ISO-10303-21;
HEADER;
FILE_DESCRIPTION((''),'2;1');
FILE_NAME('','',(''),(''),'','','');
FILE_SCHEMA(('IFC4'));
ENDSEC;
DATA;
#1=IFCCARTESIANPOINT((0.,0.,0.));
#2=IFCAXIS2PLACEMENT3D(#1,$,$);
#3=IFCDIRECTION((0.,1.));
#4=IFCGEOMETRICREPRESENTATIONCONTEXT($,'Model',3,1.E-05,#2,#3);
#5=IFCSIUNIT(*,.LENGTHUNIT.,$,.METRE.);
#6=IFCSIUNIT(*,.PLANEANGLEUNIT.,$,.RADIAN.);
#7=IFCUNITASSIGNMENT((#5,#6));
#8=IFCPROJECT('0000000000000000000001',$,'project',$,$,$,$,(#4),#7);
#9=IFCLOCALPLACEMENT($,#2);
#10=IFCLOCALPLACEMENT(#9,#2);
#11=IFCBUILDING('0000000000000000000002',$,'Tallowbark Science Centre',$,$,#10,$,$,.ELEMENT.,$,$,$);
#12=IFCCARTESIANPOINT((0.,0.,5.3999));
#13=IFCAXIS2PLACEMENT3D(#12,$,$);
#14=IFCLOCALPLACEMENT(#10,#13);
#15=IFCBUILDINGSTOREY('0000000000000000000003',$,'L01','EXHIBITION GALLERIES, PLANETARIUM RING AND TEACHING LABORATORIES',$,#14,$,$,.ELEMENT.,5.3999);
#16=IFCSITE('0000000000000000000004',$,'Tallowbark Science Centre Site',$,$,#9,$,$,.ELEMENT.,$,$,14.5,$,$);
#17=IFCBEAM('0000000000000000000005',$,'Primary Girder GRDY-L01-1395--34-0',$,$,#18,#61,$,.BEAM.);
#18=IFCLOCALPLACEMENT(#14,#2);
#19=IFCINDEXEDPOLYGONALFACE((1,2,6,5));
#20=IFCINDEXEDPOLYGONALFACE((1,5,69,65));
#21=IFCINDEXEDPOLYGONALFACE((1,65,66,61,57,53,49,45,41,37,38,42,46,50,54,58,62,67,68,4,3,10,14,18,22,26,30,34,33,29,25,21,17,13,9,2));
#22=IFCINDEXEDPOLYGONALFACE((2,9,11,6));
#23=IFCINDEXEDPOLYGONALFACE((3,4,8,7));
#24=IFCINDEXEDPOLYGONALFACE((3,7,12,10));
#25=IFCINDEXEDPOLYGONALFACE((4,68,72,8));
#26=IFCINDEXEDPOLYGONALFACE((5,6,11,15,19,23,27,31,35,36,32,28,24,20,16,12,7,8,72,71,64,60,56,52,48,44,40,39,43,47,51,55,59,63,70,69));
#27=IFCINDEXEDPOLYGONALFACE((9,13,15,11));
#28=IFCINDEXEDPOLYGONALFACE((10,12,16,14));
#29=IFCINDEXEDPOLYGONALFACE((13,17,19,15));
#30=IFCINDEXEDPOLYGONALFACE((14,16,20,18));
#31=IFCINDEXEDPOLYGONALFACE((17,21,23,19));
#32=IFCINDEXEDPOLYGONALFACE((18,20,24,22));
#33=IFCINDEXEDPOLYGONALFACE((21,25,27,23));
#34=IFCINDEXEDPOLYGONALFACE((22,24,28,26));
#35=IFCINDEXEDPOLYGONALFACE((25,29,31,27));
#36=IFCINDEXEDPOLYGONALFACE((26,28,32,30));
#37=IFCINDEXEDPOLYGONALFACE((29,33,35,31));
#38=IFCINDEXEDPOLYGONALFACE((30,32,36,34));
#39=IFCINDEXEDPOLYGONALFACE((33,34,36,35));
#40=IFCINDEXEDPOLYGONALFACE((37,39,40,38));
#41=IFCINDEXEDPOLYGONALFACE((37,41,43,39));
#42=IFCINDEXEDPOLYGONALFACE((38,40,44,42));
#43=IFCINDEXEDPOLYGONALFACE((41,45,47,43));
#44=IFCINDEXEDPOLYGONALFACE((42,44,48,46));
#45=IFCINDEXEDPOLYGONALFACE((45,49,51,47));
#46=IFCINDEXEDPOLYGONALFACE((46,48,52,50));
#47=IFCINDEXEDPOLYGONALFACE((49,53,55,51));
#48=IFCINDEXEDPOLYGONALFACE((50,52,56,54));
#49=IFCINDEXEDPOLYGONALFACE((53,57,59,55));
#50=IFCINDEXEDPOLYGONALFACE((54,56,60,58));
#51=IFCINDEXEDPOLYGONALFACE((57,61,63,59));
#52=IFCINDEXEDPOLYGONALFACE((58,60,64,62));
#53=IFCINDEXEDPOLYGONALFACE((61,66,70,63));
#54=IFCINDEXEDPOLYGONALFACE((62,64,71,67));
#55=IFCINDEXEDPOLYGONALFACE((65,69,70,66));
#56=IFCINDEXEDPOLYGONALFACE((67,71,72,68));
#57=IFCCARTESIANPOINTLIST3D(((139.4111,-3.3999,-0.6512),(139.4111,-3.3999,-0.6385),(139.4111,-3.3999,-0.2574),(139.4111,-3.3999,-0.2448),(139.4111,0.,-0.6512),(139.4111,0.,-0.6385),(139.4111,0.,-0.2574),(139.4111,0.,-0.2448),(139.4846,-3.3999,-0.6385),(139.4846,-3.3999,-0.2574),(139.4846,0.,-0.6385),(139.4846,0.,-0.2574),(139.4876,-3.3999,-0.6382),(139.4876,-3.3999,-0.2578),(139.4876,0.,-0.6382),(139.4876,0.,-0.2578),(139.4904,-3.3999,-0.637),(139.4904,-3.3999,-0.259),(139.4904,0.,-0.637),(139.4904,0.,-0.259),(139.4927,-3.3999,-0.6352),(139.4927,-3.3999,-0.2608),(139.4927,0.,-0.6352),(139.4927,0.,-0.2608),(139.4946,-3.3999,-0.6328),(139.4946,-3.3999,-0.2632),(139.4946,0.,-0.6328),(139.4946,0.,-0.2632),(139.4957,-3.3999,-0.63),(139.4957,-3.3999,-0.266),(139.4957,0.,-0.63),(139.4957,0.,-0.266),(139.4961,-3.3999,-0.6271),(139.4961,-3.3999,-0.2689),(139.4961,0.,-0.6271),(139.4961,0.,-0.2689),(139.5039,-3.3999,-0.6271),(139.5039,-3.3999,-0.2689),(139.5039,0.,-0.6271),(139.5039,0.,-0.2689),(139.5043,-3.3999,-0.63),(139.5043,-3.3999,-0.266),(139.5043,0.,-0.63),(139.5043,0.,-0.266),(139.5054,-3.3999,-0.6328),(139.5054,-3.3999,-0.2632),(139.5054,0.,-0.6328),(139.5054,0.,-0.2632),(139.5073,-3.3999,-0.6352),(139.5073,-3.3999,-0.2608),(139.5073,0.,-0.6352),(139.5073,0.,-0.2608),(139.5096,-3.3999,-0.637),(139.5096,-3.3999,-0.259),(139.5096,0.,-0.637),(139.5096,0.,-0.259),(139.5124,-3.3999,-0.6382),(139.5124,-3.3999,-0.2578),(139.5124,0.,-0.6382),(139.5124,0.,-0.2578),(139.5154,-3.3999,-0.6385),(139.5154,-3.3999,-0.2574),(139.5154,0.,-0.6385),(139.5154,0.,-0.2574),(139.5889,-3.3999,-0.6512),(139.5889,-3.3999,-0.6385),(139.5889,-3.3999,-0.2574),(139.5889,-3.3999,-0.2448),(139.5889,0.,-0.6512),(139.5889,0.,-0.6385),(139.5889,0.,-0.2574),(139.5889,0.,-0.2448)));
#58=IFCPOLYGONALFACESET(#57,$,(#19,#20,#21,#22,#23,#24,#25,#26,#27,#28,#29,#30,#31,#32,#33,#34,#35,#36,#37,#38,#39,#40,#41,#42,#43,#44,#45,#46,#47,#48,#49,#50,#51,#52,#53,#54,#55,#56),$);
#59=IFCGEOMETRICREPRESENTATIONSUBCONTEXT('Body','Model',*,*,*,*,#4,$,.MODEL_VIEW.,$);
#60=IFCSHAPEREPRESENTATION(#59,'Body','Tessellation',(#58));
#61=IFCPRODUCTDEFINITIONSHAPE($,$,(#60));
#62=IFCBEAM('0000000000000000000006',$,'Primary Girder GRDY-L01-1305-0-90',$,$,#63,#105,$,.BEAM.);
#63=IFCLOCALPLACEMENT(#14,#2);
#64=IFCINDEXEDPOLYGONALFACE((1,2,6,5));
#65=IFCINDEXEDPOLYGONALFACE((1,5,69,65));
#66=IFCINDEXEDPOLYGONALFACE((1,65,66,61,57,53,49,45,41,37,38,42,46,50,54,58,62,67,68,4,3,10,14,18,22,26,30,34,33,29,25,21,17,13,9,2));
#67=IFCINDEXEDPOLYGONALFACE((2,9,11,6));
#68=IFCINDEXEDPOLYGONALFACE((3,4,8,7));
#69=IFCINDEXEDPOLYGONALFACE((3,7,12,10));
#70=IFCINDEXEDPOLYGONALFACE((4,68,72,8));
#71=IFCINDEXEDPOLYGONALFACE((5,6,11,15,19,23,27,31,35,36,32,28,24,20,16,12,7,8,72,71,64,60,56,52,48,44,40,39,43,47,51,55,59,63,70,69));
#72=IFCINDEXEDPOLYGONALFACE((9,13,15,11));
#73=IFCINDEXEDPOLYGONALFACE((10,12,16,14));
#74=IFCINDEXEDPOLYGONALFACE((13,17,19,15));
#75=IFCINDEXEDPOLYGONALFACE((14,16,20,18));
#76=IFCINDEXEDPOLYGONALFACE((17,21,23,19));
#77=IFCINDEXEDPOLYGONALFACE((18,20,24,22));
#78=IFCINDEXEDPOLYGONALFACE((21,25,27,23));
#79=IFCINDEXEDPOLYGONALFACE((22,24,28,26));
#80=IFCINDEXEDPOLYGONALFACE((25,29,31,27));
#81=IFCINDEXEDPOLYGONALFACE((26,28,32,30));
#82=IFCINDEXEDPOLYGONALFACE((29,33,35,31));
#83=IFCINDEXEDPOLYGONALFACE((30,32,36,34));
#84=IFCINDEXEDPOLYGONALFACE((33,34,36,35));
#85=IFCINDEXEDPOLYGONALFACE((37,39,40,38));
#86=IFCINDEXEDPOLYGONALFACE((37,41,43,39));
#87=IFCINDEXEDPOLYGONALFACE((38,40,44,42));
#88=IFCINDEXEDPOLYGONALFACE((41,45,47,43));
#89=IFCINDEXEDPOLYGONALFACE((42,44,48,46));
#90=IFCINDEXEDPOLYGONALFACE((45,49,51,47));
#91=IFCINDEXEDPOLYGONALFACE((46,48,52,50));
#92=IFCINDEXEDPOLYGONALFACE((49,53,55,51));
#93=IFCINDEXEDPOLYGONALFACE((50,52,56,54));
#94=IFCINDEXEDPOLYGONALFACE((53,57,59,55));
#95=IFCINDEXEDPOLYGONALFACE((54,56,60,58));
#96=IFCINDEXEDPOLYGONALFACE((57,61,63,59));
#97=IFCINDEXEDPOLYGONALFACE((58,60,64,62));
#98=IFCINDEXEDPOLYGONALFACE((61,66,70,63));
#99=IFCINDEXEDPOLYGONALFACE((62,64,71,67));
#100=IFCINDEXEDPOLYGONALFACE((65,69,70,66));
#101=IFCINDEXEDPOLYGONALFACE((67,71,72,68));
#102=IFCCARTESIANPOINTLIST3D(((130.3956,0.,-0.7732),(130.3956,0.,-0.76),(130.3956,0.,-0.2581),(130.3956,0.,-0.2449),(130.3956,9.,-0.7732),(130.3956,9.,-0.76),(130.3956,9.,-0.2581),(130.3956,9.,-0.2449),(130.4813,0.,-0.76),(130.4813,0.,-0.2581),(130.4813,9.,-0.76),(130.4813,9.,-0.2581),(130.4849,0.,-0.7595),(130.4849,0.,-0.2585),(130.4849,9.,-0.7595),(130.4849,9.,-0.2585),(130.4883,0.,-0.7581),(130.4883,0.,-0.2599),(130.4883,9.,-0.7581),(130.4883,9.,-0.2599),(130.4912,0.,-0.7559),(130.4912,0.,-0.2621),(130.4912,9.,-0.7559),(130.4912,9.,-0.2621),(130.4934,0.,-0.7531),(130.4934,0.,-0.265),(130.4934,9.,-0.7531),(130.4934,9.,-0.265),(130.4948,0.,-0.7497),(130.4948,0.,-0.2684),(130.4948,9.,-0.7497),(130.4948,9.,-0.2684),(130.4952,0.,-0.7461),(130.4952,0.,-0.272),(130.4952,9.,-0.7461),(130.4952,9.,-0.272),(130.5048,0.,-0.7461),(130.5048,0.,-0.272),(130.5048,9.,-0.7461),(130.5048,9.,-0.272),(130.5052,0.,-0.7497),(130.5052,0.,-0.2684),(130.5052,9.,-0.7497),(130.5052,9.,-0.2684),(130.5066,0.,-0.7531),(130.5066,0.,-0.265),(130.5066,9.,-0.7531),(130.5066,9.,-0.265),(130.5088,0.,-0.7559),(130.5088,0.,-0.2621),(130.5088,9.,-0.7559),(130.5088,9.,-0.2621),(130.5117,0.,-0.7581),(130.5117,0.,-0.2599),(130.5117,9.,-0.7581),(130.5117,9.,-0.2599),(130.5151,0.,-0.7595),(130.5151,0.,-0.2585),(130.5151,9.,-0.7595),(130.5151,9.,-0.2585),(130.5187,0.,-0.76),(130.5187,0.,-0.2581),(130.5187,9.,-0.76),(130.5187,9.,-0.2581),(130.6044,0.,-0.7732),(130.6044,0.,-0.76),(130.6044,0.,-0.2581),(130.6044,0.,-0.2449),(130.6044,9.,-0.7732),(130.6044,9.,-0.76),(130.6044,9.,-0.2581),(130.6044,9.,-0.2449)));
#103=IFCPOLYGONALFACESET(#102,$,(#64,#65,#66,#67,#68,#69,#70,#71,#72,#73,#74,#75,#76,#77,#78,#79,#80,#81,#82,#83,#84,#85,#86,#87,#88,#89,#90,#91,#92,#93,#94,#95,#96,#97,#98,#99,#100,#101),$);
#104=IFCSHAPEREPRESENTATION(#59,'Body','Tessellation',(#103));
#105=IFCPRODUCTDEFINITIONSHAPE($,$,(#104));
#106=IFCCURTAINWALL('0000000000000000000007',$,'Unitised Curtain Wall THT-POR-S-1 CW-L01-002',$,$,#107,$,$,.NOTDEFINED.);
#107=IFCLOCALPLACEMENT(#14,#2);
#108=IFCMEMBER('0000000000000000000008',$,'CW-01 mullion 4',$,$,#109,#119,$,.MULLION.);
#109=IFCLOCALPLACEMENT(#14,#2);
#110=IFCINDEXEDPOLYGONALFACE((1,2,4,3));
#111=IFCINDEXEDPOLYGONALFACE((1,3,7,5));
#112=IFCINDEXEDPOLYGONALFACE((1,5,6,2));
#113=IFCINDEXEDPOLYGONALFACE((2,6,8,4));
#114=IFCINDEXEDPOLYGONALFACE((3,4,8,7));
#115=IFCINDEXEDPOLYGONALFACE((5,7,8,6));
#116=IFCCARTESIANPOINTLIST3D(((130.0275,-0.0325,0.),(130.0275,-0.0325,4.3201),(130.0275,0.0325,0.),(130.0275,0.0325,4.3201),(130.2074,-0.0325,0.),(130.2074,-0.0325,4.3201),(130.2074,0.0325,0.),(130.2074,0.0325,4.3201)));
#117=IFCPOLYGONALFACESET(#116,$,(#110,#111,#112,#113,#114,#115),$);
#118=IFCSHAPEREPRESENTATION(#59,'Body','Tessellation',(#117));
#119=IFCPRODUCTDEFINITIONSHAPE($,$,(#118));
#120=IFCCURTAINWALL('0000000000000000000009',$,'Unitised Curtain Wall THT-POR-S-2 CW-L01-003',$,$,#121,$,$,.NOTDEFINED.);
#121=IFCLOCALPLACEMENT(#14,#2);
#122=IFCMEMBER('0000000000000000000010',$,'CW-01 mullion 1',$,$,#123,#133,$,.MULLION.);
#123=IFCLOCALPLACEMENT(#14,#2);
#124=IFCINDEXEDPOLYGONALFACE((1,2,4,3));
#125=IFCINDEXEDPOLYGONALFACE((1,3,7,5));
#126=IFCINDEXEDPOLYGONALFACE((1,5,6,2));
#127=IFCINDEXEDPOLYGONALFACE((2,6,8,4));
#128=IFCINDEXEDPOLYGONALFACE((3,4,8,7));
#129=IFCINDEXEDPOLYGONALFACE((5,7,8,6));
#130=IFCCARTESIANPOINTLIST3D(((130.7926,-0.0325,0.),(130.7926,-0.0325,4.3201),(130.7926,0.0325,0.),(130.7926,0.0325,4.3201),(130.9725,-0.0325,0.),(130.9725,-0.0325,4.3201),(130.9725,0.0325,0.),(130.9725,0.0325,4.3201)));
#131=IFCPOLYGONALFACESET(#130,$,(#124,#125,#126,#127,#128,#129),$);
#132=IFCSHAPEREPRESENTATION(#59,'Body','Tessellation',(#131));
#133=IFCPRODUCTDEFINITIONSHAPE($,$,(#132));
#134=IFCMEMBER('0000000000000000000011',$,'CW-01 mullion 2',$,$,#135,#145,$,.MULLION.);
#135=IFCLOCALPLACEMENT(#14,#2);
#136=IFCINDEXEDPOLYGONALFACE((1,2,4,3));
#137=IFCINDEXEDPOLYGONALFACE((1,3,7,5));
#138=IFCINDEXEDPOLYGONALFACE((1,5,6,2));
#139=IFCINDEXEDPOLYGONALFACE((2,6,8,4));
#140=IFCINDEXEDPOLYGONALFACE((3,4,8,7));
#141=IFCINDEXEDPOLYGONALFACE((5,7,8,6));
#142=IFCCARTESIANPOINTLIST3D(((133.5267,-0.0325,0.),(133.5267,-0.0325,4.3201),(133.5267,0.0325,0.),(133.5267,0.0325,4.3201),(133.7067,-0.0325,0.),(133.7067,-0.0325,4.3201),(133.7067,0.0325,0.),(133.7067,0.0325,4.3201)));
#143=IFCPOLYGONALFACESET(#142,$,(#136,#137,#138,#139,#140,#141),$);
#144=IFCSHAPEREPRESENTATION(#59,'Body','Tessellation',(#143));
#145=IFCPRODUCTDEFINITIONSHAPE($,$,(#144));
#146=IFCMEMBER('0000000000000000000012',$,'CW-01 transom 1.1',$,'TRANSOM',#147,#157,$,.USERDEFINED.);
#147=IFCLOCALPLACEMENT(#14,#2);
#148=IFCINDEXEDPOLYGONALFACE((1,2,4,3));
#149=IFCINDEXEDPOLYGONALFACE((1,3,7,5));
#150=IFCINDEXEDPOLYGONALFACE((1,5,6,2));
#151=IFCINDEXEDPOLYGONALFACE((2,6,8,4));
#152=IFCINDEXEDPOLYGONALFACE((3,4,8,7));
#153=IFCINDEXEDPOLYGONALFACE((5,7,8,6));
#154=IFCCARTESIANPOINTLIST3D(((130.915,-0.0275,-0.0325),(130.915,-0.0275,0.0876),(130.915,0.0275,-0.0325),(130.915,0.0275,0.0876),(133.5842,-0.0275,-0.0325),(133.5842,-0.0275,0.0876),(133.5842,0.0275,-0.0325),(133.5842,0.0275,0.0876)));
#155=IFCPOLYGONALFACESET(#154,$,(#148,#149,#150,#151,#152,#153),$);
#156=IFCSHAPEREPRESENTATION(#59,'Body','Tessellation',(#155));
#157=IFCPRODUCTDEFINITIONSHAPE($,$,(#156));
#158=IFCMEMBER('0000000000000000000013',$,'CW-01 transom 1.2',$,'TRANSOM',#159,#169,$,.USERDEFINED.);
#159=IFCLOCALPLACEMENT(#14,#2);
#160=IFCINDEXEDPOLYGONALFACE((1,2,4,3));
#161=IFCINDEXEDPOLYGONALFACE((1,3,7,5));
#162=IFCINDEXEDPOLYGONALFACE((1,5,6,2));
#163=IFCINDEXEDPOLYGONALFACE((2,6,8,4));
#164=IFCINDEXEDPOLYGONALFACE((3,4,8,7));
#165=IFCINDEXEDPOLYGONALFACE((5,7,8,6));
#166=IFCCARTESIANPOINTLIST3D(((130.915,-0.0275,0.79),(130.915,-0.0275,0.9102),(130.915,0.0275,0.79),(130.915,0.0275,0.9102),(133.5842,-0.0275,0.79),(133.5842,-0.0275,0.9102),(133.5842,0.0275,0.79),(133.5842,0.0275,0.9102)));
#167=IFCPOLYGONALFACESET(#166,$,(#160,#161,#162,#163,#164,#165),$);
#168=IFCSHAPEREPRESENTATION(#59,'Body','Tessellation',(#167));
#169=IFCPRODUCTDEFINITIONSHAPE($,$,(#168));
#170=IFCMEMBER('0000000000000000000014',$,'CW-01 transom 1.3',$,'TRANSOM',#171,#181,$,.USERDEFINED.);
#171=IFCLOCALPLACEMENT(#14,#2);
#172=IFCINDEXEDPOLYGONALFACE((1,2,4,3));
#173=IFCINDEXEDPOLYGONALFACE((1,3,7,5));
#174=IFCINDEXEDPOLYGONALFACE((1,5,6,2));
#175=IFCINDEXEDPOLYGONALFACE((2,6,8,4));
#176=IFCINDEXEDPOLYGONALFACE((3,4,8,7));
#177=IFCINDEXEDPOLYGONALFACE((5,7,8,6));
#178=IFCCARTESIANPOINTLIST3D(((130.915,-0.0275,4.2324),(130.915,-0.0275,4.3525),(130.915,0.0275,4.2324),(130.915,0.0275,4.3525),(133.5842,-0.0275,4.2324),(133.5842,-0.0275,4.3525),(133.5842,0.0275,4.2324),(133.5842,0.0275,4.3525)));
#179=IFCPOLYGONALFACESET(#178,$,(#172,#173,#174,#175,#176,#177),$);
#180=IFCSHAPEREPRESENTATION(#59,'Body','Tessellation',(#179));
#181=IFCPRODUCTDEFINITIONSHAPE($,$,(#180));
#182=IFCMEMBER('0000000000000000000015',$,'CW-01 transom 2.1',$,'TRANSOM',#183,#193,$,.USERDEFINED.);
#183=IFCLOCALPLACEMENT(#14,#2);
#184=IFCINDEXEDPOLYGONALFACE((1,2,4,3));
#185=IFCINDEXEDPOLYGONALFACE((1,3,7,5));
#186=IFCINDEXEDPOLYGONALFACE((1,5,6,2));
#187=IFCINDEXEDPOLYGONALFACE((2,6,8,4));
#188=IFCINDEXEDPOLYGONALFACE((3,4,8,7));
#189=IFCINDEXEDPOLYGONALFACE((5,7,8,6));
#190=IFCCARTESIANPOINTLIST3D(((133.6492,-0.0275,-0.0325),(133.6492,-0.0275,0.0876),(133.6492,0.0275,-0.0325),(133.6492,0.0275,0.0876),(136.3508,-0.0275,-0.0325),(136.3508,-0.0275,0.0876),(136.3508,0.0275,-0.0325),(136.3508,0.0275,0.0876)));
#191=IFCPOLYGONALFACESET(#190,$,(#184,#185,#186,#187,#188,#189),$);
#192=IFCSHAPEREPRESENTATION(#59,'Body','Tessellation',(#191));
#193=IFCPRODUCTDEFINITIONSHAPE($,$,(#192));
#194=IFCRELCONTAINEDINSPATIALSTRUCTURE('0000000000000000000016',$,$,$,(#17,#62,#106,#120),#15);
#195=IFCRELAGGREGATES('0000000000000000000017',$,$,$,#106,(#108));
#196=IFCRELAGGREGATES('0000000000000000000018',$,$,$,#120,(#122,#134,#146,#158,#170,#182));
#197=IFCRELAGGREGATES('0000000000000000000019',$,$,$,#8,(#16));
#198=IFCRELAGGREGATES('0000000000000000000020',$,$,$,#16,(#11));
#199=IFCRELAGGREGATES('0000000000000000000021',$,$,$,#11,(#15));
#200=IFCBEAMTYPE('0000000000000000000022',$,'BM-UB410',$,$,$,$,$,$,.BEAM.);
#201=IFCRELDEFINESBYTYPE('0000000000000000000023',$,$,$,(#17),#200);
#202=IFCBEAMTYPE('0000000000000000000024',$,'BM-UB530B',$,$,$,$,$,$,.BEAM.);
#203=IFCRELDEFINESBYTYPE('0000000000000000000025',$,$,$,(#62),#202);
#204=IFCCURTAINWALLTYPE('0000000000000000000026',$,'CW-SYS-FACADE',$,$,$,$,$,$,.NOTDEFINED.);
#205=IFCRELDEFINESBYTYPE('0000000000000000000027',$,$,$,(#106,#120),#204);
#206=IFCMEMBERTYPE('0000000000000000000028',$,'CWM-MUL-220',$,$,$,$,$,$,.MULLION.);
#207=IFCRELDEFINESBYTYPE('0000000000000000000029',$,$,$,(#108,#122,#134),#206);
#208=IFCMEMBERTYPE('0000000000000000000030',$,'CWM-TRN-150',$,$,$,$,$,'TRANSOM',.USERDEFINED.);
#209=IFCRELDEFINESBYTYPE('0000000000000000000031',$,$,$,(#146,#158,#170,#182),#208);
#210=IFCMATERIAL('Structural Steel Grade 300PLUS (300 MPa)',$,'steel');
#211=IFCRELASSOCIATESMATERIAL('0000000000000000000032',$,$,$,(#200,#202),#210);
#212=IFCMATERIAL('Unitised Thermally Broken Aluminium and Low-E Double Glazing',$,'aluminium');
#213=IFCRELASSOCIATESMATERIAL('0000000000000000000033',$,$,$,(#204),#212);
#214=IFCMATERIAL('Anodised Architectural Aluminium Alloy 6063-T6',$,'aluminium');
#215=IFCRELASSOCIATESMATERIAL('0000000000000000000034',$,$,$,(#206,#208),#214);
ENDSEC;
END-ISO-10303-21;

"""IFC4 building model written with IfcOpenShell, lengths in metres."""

from ifc_helpers import new_model, si_unit, direction, frame, origin, origin_2d, place, context, subcontext, project, spatial, rectangle, i_section, extrude, material, material_profile, profile_set, type_object, element, aggregate, save


model = new_model("IFC4")

# Units and contexts
model_context = context("Model", 3, precision=1e-05, world=origin(), true_north=direction((0.0, 1.0)))
body_context = subcontext(model_context, "Body", "Model", "MODEL_VIEW")
ifc_project = project(units=[si_unit("LENGTHUNIT", "METRE"), si_unit("PLANEANGLEUNIT", "RADIAN")], contexts=[model_context])

# Site, building, storey
site_placement = place(None, origin())
site = spatial("IfcSite", under=ifc_project, at=site_placement, Name="Tallowbark Science Centre Site", CompositionType="ELEMENT", RefElevation=14.5)
building_placement = place(site_placement, origin())
building = spatial("IfcBuilding", under=site, at=building_placement, Name="Tallowbark Science Centre", CompositionType="ELEMENT")
storey_placement = place(building_placement, frame((0.0, 0.0, 5.3999)))
storey = spatial("IfcBuildingStorey", under=building, at=storey_placement, Name="L01", Description="EXHIBITION GALLERIES, PLANETARIUM RING AND TEACHING LABORATORIES", CompositionType="ELEMENT", Elevation=5.3999)

# Shared definitions
ifc_material_1 = material(Name="Structural Steel Grade 300PLUS (300 MPa)", Category="steel")

# Beams
ifc_material_profile_1 = material_profile(ifc_material_1, i_section(OverallWidth=0.1777, OverallDepth=0.4065, WebThickness=0.0078, FlangeThickness=0.0127, FilletRadius=0.0115, at=origin_2d()), Name="410UB59.7")
ifc_profile_set_1 = profile_set([ifc_material_profile_1], Name="Structural Steel Grade 300PLUS (300 MPa)")
beam_type_1 = type_object("IfcBeamType", Name="BM-UB410", PredefinedType="BEAM", material=ifc_profile_set_1)
for number, where, z_axis, x_axis, name in (
    (1, (139.5, -3.3999, -0.448), (0.0, 1.0, 0.0), (-1.0, 0.0, 0.0), "Primary Girder GRDY-L01-1395--34-0"),
):
    element("IfcBeam", number, at=place(storey_placement, frame(where, z_axis=z_axis, x_axis=x_axis)), inside=storey, type_object=beam_type_1, Name=name, PredefinedType="BEAM", context=body_context, shape_type="SweptSolid", body=[
        extrude(i_section(OverallWidth=0.1777, OverallDepth=0.4065, WebThickness=0.0078, FlangeThickness=0.0127, FilletRadius=0.0115, at=origin_2d()), origin(), (0.0, 0.0, 1.0), 3.3999),
    ])
ifc_material_profile_2 = material_profile(ifc_material_1, i_section(OverallWidth=0.2087, OverallDepth=0.5283, WebThickness=0.0095, FlangeThickness=0.0132, FilletRadius=0.0139, at=origin_2d()), Name="530UB82.0")
ifc_profile_set_2 = profile_set([ifc_material_profile_2], Name="Structural Steel Grade 300PLUS (300 MPa)")
beam_type_2 = type_object("IfcBeamType", Name="BM-UB530B", PredefinedType="BEAM", material=ifc_profile_set_2)
beam_1_placement = place(storey_placement, frame((130.5, 0.0, -0.509), z_axis=(0.0, 1.0, 0.0), x_axis=(-1.0, 0.0, 0.0)))
element("IfcBeam", 2, at=beam_1_placement, inside=storey, type_object=beam_type_2, Name="Primary Girder GRDY-L01-1305-0-90", PredefinedType="BEAM", context=body_context, shape_type="SweptSolid", body=[
    extrude(i_section(OverallWidth=0.2087, OverallDepth=0.5283, WebThickness=0.0095, FlangeThickness=0.0132, FilletRadius=0.0139, at=origin_2d()), origin(), (0.0, 0.0, 1.0), 9.0),
])

# Curtain wall, member
ifc_material_2 = material(Name="Unitised Thermally Broken Aluminium and Low-E Double Glazing", Category="aluminium")
curtain_wall_type = type_object("IfcCurtainWallType", Name="CW-SYS-FACADE", PredefinedType="NOTDEFINED", material=ifc_material_2)
curtain_wall_1_placement = place(storey_placement, origin())
curtain_wall_1 = element("IfcCurtainWall", 3, at=curtain_wall_1_placement, inside=storey, type_object=curtain_wall_type, Name="Unitised Curtain Wall THT-POR-S-1 CW-L01-002", PredefinedType="NOTDEFINED")
ifc_material_3 = material(Name="Anodised Architectural Aluminium Alloy 6063-T6", Category="aluminium")
ifc_material_profile_3 = material_profile(ifc_material_3, rectangle(XDim=0.0649, YDim=0.1799, at=origin_2d()), Name="ALU65x180")
ifc_profile_set_3 = profile_set([ifc_material_profile_3], Name="Anodised Architectural Aluminium Alloy 6063-T6")
member_type_1 = type_object("IfcMemberType", Name="CWM-MUL-220", PredefinedType="MULLION", material=ifc_profile_set_3)
member_1_placement = place(storey_placement, frame((130.1174, 0.0, 0.0), z_axis=(0.0, 0.0, 1.0), x_axis=(0.0, 1.0, 0.0)))
member_1 = element("IfcMember", 4, at=member_1_placement, type_object=member_type_1, Name="CW-01 mullion 4", PredefinedType="MULLION", context=body_context, shape_type="SweptSolid", body=[
    extrude(rectangle(XDim=0.0649, YDim=0.1799, at=origin_2d()), origin(), (0.0, 0.0, 1.0), 4.3201),
])

# Curtain wall, members
curtain_wall_2_placement = place(storey_placement, origin())
curtain_wall_2 = element("IfcCurtainWall", 5, at=curtain_wall_2_placement, inside=storey, type_object=curtain_wall_type, Name="Unitised Curtain Wall THT-POR-S-2 CW-L01-003", PredefinedType="NOTDEFINED")
member_2_placement = place(storey_placement, frame((130.8826, 0.0, 0.0), z_axis=(0.0, 0.0, 1.0), x_axis=(0.0, 1.0, 0.0)))
member_2 = element("IfcMember", 6, at=member_2_placement, type_object=member_type_1, Name="CW-01 mullion 1", PredefinedType="MULLION", context=body_context, shape_type="SweptSolid", body=[
    extrude(rectangle(XDim=0.0649, YDim=0.1799, at=origin_2d()), origin(), (0.0, 0.0, 1.0), 4.3201),
])
member_3_placement = place(storey_placement, frame((133.6167, 0.0, 0.0), z_axis=(0.0, 0.0, 1.0), x_axis=(0.0, 1.0, 0.0)))
member_3 = element("IfcMember", 7, at=member_3_placement, type_object=member_type_1, Name="CW-01 mullion 2", PredefinedType="MULLION", context=body_context, shape_type="SweptSolid", body=[
    extrude(rectangle(XDim=0.0649, YDim=0.1799, at=origin_2d()), origin(), (0.0, 0.0, 1.0), 4.3201),
])
ifc_material_profile_4 = material_profile(ifc_material_3, rectangle(XDim=0.0549, YDim=0.1201, at=origin_2d()), Name="ALU55x120")
ifc_profile_set_4 = profile_set([ifc_material_profile_4], Name="Anodised Architectural Aluminium Alloy 6063-T6")
member_type_2 = type_object("IfcMemberType", Name="CWM-TRN-150", ElementType="TRANSOM", PredefinedType="USERDEFINED", material=ifc_profile_set_4)
member_4_placement = place(storey_placement, frame((130.915, 0.0, 0.0276), z_axis=(1.0, 0.0, 0.0), x_axis=(0.0, 1.0, 0.0)))
member_4 = element("IfcMember", 8, at=member_4_placement, type_object=member_type_2, Name="CW-01 transom 1.1", ObjectType="TRANSOM", PredefinedType="USERDEFINED", context=body_context, shape_type="SweptSolid", body=[
    extrude(rectangle(XDim=0.0549, YDim=0.1201, at=origin_2d()), origin(), (0.0, 0.0, 1.0), 2.6692),
])
member_5_placement = place(storey_placement, frame((130.915, 0.0, 0.8501), z_axis=(1.0, 0.0, 0.0), x_axis=(0.0, 1.0, 0.0)))
member_5 = element("IfcMember", 9, at=member_5_placement, type_object=member_type_2, Name="CW-01 transom 1.2", ObjectType="TRANSOM", PredefinedType="USERDEFINED", context=body_context, shape_type="SweptSolid", body=[
    extrude(rectangle(XDim=0.0549, YDim=0.1201, at=origin_2d()), origin(), (0.0, 0.0, 1.0), 2.6692),
])
member_6_placement = place(storey_placement, frame((130.915, 0.0, 4.2925), z_axis=(1.0, 0.0, 0.0), x_axis=(0.0, 1.0, 0.0)))
member_6 = element("IfcMember", 10, at=member_6_placement, type_object=member_type_2, Name="CW-01 transom 1.3", ObjectType="TRANSOM", PredefinedType="USERDEFINED", context=body_context, shape_type="SweptSolid", body=[
    extrude(rectangle(XDim=0.0549, YDim=0.1201, at=origin_2d()), origin(), (0.0, 0.0, 1.0), 2.6692),
])
member_7_placement = place(storey_placement, frame((133.6492, 0.0, 0.0276), z_axis=(1.0, 0.0, 0.0), x_axis=(0.0, 1.0, 0.0)))
member_7 = element("IfcMember", 11, at=member_7_placement, type_object=member_type_2, Name="CW-01 transom 2.1", ObjectType="TRANSOM", PredefinedType="USERDEFINED", context=body_context, shape_type="SweptSolid", body=[
    extrude(rectangle(XDim=0.0549, YDim=0.1201, at=origin_2d()), origin(), (0.0, 0.0, 1.0), 2.7017),
])

aggregate(curtain_wall_1, [member_1])
aggregate(curtain_wall_2, [member_2, member_3, member_4, member_5, member_6, member_7])

save(model, "model.ifc")
